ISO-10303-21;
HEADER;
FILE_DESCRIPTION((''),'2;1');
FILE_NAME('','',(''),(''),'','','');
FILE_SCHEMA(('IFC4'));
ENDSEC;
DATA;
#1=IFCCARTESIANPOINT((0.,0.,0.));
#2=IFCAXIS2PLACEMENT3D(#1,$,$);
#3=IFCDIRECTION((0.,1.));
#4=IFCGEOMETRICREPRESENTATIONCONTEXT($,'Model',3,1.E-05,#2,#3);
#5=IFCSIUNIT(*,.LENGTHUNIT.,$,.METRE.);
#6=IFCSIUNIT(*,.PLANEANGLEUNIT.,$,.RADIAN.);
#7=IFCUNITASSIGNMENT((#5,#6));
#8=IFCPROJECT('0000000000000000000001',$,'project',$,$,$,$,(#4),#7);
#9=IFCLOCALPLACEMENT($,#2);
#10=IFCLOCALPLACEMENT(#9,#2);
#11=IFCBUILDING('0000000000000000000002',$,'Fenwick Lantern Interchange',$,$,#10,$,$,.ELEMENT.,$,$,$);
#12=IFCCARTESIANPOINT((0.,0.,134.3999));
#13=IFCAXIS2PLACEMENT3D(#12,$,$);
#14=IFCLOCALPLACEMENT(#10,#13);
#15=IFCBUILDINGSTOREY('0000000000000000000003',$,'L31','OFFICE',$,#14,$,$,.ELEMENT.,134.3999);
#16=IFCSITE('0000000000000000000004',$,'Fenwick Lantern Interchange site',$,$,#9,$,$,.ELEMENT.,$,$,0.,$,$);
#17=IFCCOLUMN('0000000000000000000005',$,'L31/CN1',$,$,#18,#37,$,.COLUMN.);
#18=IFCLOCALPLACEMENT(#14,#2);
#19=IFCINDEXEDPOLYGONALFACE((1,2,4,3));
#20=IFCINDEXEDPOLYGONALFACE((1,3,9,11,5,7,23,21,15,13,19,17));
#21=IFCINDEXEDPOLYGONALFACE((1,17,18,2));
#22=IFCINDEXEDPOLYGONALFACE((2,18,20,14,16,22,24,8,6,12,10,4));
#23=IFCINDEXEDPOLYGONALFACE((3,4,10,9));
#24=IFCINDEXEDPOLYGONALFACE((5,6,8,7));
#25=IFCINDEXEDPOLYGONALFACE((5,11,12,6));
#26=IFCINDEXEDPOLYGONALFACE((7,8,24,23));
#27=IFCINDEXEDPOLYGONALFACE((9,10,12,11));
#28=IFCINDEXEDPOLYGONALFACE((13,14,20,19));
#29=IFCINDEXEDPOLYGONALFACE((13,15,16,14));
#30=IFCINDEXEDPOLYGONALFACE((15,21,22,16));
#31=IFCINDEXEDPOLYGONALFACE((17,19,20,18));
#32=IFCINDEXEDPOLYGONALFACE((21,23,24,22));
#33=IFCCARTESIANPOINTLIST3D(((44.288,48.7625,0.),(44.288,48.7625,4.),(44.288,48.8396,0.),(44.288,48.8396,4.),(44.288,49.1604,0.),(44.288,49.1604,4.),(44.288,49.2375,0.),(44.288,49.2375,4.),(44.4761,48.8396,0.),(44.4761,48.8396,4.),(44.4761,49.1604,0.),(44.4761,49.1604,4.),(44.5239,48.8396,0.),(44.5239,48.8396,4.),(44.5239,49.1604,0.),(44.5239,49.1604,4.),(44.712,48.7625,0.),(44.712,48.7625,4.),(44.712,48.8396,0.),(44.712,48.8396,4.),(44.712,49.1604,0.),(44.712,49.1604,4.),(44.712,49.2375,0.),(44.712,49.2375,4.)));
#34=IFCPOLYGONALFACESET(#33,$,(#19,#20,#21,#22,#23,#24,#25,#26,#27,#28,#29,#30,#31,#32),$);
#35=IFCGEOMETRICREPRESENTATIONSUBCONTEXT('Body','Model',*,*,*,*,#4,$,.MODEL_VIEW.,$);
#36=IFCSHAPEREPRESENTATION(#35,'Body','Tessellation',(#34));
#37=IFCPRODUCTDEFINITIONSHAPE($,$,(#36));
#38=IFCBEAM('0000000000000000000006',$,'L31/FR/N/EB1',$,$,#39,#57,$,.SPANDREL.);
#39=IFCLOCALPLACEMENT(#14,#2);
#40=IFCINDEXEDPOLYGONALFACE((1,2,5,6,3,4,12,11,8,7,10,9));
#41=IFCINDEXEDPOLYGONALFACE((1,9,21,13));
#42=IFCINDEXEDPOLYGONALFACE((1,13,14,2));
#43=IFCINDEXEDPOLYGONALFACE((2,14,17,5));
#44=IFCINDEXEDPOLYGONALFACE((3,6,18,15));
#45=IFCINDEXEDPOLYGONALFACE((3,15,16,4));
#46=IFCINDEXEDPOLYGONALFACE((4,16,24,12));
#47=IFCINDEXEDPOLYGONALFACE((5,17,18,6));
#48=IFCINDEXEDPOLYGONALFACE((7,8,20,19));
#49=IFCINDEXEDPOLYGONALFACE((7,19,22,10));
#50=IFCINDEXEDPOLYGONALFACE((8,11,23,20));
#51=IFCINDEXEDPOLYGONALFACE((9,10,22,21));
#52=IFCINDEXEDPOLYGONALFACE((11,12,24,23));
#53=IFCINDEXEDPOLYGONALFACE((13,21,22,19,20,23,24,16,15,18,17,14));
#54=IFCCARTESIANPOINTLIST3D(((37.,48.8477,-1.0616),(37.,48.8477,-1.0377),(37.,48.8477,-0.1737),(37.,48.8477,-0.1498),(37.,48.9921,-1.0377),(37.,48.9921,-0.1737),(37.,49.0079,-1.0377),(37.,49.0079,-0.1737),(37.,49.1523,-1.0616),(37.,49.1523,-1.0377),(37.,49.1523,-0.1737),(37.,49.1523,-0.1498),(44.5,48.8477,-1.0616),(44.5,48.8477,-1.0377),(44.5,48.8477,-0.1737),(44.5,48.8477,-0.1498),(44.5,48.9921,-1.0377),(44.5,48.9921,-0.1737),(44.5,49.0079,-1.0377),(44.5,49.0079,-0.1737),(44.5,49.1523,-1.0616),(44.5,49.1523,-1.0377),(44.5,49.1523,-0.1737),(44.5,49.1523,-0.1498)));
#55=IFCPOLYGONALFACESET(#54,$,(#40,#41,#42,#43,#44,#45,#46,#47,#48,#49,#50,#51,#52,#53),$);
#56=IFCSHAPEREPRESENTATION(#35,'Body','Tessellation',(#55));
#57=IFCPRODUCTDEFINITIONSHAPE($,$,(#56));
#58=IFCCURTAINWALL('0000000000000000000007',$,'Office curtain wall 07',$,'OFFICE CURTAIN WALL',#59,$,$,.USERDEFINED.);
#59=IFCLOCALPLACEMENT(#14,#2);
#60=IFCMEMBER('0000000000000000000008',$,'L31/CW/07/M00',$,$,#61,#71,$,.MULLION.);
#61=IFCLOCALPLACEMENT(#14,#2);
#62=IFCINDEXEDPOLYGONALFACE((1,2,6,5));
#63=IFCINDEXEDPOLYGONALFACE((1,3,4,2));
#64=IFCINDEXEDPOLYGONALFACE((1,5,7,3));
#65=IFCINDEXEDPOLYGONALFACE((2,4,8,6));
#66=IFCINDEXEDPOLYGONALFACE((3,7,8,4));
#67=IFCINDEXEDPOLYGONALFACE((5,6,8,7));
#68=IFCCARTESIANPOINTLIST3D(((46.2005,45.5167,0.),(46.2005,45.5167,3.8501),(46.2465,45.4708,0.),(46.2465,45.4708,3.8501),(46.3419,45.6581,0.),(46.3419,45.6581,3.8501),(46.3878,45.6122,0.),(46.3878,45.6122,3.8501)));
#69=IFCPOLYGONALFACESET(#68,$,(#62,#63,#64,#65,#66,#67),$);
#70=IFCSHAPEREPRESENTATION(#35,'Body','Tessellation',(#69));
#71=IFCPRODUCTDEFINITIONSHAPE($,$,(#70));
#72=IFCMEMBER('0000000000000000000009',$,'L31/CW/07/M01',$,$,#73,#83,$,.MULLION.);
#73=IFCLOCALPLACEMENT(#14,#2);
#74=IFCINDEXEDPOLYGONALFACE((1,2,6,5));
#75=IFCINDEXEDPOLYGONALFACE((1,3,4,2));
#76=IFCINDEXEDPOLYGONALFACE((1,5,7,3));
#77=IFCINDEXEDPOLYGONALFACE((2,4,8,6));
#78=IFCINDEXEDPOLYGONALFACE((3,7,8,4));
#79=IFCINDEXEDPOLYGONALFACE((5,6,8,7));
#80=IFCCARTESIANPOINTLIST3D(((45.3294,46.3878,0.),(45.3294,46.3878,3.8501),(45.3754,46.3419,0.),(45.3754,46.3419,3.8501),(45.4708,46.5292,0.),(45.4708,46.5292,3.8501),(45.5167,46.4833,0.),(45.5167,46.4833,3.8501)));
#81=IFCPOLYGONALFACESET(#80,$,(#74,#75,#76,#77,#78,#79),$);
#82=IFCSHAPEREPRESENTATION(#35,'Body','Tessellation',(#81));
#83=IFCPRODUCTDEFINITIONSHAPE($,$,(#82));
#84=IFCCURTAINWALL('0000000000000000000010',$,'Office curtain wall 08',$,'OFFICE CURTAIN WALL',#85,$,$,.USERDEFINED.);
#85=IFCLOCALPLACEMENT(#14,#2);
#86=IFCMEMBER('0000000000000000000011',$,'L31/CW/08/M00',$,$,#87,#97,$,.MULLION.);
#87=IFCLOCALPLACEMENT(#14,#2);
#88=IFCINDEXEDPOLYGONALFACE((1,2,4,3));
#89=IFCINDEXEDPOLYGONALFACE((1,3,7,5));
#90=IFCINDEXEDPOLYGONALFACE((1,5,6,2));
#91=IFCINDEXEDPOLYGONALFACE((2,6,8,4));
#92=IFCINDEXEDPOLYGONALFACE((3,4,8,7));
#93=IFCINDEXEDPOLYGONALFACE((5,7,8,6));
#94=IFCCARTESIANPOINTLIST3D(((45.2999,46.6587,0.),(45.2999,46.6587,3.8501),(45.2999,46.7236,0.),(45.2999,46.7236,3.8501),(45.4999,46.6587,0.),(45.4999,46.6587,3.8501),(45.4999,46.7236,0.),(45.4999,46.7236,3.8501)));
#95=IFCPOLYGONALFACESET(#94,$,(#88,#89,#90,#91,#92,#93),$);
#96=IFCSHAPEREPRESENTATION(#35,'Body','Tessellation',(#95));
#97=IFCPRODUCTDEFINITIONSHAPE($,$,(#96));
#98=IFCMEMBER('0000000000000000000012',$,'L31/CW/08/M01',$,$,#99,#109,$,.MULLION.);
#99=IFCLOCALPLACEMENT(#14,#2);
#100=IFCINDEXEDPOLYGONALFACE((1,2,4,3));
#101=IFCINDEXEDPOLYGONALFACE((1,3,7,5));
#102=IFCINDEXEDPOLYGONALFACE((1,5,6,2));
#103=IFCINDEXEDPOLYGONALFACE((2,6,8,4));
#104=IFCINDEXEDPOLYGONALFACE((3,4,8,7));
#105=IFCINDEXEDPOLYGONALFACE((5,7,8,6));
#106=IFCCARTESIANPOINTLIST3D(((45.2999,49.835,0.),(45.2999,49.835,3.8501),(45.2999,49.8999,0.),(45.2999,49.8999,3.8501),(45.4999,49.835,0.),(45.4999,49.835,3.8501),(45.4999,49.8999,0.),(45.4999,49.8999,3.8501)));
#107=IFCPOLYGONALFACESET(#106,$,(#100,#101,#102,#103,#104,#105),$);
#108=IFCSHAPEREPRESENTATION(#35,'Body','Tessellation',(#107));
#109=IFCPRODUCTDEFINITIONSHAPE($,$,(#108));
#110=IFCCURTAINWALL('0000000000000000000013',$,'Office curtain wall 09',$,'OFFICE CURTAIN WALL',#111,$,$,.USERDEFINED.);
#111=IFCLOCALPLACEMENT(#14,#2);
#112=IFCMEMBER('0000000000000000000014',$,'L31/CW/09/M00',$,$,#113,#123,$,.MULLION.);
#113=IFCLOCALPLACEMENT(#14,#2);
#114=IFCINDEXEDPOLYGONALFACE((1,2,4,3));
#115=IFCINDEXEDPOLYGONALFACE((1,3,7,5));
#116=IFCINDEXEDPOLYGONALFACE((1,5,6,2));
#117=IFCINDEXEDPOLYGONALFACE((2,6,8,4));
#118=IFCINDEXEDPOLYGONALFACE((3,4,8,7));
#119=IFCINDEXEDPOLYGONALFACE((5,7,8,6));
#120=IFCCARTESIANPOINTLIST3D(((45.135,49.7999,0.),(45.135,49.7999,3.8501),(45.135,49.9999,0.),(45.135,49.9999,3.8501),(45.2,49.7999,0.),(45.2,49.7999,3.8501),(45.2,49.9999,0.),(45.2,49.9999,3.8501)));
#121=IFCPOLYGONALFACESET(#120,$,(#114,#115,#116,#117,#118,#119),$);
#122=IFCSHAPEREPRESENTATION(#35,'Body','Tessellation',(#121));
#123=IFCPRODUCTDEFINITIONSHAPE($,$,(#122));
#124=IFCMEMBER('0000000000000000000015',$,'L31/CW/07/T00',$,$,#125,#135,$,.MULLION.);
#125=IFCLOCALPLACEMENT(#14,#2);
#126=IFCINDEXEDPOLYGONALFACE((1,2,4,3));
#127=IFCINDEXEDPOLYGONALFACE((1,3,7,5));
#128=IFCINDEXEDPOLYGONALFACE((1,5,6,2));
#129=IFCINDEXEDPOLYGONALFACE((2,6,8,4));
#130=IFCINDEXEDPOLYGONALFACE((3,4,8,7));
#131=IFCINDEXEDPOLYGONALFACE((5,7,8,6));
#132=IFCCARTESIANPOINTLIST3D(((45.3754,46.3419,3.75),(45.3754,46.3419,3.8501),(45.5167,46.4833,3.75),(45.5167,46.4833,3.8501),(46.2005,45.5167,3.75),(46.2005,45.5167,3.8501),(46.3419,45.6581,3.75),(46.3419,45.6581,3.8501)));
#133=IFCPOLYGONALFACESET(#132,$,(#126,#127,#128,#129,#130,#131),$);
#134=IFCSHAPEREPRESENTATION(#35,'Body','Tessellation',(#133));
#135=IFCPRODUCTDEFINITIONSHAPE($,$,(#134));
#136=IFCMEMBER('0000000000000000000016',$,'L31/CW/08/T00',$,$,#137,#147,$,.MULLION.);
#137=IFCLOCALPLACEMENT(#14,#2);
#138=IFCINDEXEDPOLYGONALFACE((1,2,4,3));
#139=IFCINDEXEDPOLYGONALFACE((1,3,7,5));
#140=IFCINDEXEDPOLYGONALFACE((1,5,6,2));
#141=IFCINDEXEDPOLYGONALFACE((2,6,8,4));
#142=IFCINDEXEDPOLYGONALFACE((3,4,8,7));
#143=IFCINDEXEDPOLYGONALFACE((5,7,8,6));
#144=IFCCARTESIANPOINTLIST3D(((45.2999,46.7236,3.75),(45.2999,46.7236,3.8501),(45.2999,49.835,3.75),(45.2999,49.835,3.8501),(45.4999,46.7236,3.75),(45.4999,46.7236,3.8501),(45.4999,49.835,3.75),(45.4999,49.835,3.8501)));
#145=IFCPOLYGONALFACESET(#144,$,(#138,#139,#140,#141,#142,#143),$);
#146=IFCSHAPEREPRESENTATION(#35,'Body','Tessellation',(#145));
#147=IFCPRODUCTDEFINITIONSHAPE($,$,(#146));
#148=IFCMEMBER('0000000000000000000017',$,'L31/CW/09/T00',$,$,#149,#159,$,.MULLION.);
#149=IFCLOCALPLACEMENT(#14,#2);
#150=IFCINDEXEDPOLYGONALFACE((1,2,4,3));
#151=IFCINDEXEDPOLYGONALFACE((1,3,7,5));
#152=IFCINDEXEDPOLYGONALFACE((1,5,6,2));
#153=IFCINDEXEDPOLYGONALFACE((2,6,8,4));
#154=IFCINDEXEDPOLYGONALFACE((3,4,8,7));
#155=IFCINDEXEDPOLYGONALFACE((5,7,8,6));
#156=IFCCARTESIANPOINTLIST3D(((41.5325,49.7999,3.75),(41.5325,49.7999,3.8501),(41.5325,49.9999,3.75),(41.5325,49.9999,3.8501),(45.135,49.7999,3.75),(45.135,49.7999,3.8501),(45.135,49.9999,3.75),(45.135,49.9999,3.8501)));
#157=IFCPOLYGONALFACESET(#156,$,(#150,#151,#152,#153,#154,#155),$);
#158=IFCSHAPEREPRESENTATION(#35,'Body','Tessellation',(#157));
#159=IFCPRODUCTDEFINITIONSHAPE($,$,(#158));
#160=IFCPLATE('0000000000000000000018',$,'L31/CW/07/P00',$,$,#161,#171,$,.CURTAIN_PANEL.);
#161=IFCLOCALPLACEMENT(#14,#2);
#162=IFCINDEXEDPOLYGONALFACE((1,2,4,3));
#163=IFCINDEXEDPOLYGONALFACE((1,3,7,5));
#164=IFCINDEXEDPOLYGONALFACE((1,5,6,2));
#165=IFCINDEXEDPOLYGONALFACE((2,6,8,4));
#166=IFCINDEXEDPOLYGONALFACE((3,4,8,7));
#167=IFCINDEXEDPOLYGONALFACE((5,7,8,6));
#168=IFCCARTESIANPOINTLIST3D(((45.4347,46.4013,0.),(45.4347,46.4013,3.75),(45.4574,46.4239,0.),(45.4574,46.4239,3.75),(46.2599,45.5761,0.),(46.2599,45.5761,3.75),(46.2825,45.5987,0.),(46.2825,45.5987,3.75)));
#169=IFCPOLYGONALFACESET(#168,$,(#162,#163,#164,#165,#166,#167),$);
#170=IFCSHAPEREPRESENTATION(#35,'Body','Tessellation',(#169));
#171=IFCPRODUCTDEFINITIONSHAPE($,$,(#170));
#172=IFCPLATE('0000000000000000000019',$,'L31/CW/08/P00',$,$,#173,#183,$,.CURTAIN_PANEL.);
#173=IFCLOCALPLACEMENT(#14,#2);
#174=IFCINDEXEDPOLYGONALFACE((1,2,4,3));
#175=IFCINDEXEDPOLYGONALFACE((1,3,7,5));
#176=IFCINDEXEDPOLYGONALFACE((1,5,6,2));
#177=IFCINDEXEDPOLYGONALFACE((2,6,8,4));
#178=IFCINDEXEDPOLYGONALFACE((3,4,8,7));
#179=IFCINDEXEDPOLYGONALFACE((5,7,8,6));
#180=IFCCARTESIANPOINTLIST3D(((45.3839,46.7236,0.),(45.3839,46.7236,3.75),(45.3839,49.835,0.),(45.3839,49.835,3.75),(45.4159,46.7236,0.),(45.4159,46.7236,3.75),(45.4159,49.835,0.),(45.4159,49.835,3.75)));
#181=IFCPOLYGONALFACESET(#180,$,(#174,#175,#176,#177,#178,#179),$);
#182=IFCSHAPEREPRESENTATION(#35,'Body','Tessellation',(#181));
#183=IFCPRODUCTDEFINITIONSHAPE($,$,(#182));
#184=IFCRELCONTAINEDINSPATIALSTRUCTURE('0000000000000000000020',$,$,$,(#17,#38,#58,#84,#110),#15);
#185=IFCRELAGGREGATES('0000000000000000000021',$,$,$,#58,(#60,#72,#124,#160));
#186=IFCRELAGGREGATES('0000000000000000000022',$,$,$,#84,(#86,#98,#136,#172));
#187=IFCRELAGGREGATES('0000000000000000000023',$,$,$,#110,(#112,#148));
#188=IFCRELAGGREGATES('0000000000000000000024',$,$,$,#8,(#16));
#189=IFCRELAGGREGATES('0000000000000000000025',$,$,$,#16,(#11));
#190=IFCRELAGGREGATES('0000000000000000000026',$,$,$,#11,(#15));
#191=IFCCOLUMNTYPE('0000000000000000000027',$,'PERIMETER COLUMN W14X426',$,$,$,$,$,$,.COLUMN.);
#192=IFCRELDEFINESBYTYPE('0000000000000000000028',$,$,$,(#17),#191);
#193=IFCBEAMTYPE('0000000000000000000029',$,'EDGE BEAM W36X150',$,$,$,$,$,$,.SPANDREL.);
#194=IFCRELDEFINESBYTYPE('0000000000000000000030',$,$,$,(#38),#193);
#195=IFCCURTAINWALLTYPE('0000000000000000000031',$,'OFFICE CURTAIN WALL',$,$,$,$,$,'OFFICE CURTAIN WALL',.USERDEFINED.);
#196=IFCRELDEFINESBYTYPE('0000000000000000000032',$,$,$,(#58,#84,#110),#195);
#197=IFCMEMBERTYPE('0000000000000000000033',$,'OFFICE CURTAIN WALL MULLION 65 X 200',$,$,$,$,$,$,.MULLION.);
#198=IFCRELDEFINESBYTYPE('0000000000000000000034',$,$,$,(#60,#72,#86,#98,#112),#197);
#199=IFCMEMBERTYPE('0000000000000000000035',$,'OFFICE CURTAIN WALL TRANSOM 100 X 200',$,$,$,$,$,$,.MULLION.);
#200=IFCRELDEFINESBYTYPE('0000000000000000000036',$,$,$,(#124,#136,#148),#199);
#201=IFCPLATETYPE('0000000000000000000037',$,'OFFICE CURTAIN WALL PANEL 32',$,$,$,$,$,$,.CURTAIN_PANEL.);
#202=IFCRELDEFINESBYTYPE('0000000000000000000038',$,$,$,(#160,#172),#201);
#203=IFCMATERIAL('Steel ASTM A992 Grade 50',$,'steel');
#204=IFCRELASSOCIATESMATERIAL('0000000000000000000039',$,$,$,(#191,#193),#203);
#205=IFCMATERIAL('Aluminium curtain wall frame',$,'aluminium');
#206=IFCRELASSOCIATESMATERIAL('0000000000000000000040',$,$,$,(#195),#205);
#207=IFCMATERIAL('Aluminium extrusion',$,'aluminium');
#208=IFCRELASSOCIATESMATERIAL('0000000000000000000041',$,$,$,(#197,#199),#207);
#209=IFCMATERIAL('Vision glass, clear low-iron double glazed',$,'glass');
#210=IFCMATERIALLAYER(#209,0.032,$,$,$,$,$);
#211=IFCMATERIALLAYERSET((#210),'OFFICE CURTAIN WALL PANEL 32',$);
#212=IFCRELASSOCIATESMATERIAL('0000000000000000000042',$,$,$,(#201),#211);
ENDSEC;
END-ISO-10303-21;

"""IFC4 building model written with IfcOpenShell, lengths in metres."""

from ifc_helpers import new_model, si_unit, direction, frame, origin, origin_2d, place, context, subcontext, project, spatial, rectangle, i_section, extrude, material, layer, layer_set, material_profile, profile_set, type_object, element, aggregate, save


model = new_model("IFC4")

# Units and contexts
model_context = context("Model", 3, precision=1e-05, world=origin(), true_north=direction((0.0, 1.0)))
body_context = subcontext(model_context, "Body", "Model", "MODEL_VIEW")
ifc_project = project(units=[si_unit("LENGTHUNIT", "METRE"), si_unit("PLANEANGLEUNIT", "RADIAN")], contexts=[model_context])

# Site, building, storey
site_placement = place(None, origin())
site = spatial("IfcSite", under=ifc_project, at=site_placement, Name="Fenwick Lantern Interchange site", CompositionType="ELEMENT", RefElevation=0.0)
building_placement = place(site_placement, origin())
building = spatial("IfcBuilding", under=site, at=building_placement, Name="Fenwick Lantern Interchange", CompositionType="ELEMENT")
storey_placement = place(building_placement, frame((0.0, 0.0, 134.3999)))
storey = spatial("IfcBuildingStorey", under=building, at=storey_placement, Name="L31", Description="OFFICE", CompositionType="ELEMENT", Elevation=134.3999)

# Column
ifc_material_1 = material(Name="Steel ASTM A992 Grade 50", Category="steel")
ifc_material_profile_1 = material_profile(ifc_material_1, i_section(OverallWidth=0.4241, OverallDepth=0.4751, WebThickness=0.0479, FlangeThickness=0.0771, at=origin_2d()), Name="W14X426")
ifc_profile_set_1 = profile_set([ifc_material_profile_1], Name="Steel ASTM A992 Grade 50")
column_type = type_object("IfcColumnType", Name="PERIMETER COLUMN W14X426", PredefinedType="COLUMN", material=ifc_profile_set_1)
column_placement = place(storey_placement, frame((44.5, 49.0, 0.0), z_axis=(0.0, 0.0, 1.0), x_axis=(1.0, 0.0, 0.0)))
element("IfcColumn", 1, at=column_placement, inside=storey, type_object=column_type, Name="L31/CN1", PredefinedType="COLUMN", context=body_context, shape_type="SweptSolid", body=[
    extrude(i_section(OverallWidth=0.4241, OverallDepth=0.4751, WebThickness=0.0479, FlangeThickness=0.0771, at=origin_2d()), origin(), (0.0, 0.0, 1.0), 4.0),
])

# Beam
ifc_material_profile_2 = material_profile(ifc_material_1, i_section(OverallWidth=0.3047, OverallDepth=0.9119, WebThickness=0.0159, FlangeThickness=0.0239, at=origin_2d()), Name="W36X150")
ifc_profile_set_2 = profile_set([ifc_material_profile_2], Name="Steel ASTM A992 Grade 50")
beam_type = type_object("IfcBeamType", Name="EDGE BEAM W36X150", PredefinedType="SPANDREL", material=ifc_profile_set_2)
beam_placement = place(storey_placement, frame((44.5, 49.0, -0.6057), z_axis=(-1.0, 0.0, 0.0), x_axis=(0.0, -1.0, 0.0)))
element("IfcBeam", 2, at=beam_placement, inside=storey, type_object=beam_type, Name="L31/FR/N/EB1", PredefinedType="SPANDREL", context=body_context, shape_type="SweptSolid", body=[
    extrude(i_section(OverallWidth=0.3047, OverallDepth=0.9119, WebThickness=0.0159, FlangeThickness=0.0239, at=origin_2d()), origin(), (0.0, 0.0, 1.0), 7.5),
])

# Curtain walls, members
ifc_material_2 = material(Name="Aluminium curtain wall frame", Category="aluminium")
curtain_wall_type = type_object("IfcCurtainWallType", Name="OFFICE CURTAIN WALL", ElementType="OFFICE CURTAIN WALL", PredefinedType="USERDEFINED", material=ifc_material_2)
curtain_wall_1_placement = place(storey_placement, origin())
curtain_wall_1 = element("IfcCurtainWall", 3, at=curtain_wall_1_placement, inside=storey, type_object=curtain_wall_type, Name="Office curtain wall 07", ObjectType="OFFICE CURTAIN WALL", PredefinedType="USERDEFINED")
ifc_material_3 = material(Name="Aluminium extrusion", Category="aluminium")
ifc_material_profile_3 = material_profile(ifc_material_3, rectangle(XDim=0.2, YDim=0.0649, at=origin_2d()), Name="OFFICE CURTAIN WALL MULLION 65 X 200")
ifc_profile_set_3 = profile_set([ifc_material_profile_3], Name="Aluminium extrusion")
member_type_1 = type_object("IfcMemberType", Name="OFFICE CURTAIN WALL MULLION 65 X 200", PredefinedType="MULLION", material=ifc_profile_set_3)
member_1_placement = place(storey_placement, frame((46.2942, 45.5645, 0.0), z_axis=(0.0, 0.0, 1.0), x_axis=(-0.707107, -0.707107, 0.0)))
member_1 = element("IfcMember", 4, at=member_1_placement, type_object=member_type_1, Name="L31/CW/07/M00", PredefinedType="MULLION", context=body_context, shape_type="SweptSolid", body=[
    extrude(rectangle(XDim=0.2, YDim=0.0649, at=origin_2d()), origin(), (0.0, 0.0, 1.0), 3.8501),
])
member_2_placement = place(storey_placement, frame((45.4231, 46.4355, 0.0), z_axis=(0.0, 0.0, 1.0), x_axis=(-0.707107, -0.707107, 0.0)))
member_2 = element("IfcMember", 5, at=member_2_placement, type_object=member_type_1, Name="L31/CW/07/M01", PredefinedType="MULLION", context=body_context, shape_type="SweptSolid", body=[
    extrude(rectangle(XDim=0.2, YDim=0.0649, at=origin_2d()), origin(), (0.0, 0.0, 1.0), 3.8501),
])
curtain_wall_2_placement = place(storey_placement, origin())
curtain_wall_2 = element("IfcCurtainWall", 6, at=curtain_wall_2_placement, inside=storey, type_object=curtain_wall_type, Name="Office curtain wall 08", ObjectType="OFFICE CURTAIN WALL", PredefinedType="USERDEFINED")
member_3_placement = place(storey_placement, frame((45.3999, 46.6912, 0.0), z_axis=(0.0, 0.0, 1.0), x_axis=(-1.0, 0.0, 0.0)))
member_3 = element("IfcMember", 7, at=member_3_placement, type_object=member_type_1, Name="L31/CW/08/M00", PredefinedType="MULLION", context=body_context, shape_type="SweptSolid", body=[
    extrude(rectangle(XDim=0.2, YDim=0.0649, at=origin_2d()), origin(), (0.0, 0.0, 1.0), 3.8501),
])
member_4_placement = place(storey_placement, frame((45.3999, 49.8674, 0.0), z_axis=(0.0, 0.0, 1.0), x_axis=(-1.0, 0.0, 0.0)))
member_4 = element("IfcMember", 8, at=member_4_placement, type_object=member_type_1, Name="L31/CW/08/M01", PredefinedType="MULLION", context=body_context, shape_type="SweptSolid", body=[
    extrude(rectangle(XDim=0.2, YDim=0.0649, at=origin_2d()), origin(), (0.0, 0.0, 1.0), 3.8501),
])

# Curtain wall, member
curtain_wall_3_placement = place(storey_placement, origin())
curtain_wall_3 = element("IfcCurtainWall", 9, at=curtain_wall_3_placement, inside=storey, type_object=curtain_wall_type, Name="Office curtain wall 09", ObjectType="OFFICE CURTAIN WALL", PredefinedType="USERDEFINED")
member_5_placement = place(storey_placement, frame((45.1675, 49.8999, 0.0), z_axis=(0.0, 0.0, 1.0), x_axis=(0.0, -1.0, 0.0)))
member_5 = element("IfcMember", 10, at=member_5_placement, type_object=member_type_1, Name="L31/CW/09/M00", PredefinedType="MULLION", context=body_context, shape_type="SweptSolid", body=[
    extrude(rectangle(XDim=0.2, YDim=0.0649, at=origin_2d()), origin(), (0.0, 0.0, 1.0), 3.8501),
])

# Members
ifc_material_profile_4 = material_profile(ifc_material_3, rectangle(XDim=0.2, YDim=0.1001, at=origin_2d()), Name="OFFICE CURTAIN WALL TRANSOM 100 X 200")
ifc_profile_set_4 = profile_set([ifc_material_profile_4], Name="Aluminium extrusion")
member_type_2 = type_object("IfcMemberType", Name="OFFICE CURTAIN WALL TRANSOM 100 X 200", PredefinedType="MULLION", material=ifc_profile_set_4)
member_6_placement = place(storey_placement, frame((46.2712, 45.5874, 3.8), z_axis=(-0.707107, 0.707107, 0.0), x_axis=(-0.707107, -0.707107, 0.0)))
member_6 = element("IfcMember", 11, at=member_6_placement, type_object=member_type_2, Name="L31/CW/07/T00", PredefinedType="MULLION", context=body_context, shape_type="SweptSolid", body=[
    extrude(rectangle(XDim=0.2, YDim=0.1001, at=origin_2d()), origin(), (0.0, 0.0, 1.0), 1.167),
])
member_7_placement = place(storey_placement, frame((45.3999, 46.7236, 3.8), z_axis=(0.0, 1.0, 0.0), x_axis=(-1.0, 0.0, 0.0)))
member_7 = element("IfcMember", 12, at=member_7_placement, type_object=member_type_2, Name="L31/CW/08/T00", PredefinedType="MULLION", context=body_context, shape_type="SweptSolid", body=[
    extrude(rectangle(XDim=0.2, YDim=0.1001, at=origin_2d()), origin(), (0.0, 0.0, 1.0), 3.1113),
])
member_8_placement = place(storey_placement, frame((45.135, 49.8999, 3.8), z_axis=(-1.0, 0.0, 0.0), x_axis=(0.0, -1.0, 0.0)))
member_8 = element("IfcMember", 13, at=member_8_placement, type_object=member_type_2, Name="L31/CW/09/T00", PredefinedType="MULLION", context=body_context, shape_type="SweptSolid", body=[
    extrude(rectangle(XDim=0.2, YDim=0.1001, at=origin_2d()), origin(), (0.0, 0.0, 1.0), 3.6025),
])

# Plates
ifc_material_4 = material(Name="Vision glass, clear low-iron double glazed", Category="glass")
ifc_layer_1 = layer(ifc_material_4, 0.032)
ifc_layer_set_1 = layer_set([ifc_layer_1], Name="OFFICE CURTAIN WALL PANEL 32")
plate_type = type_object("IfcPlateType", Name="OFFICE CURTAIN WALL PANEL 32", PredefinedType="CURTAIN_PANEL", material=ifc_layer_set_1)
plate_1_placement = place(storey_placement, frame((45.8586, 46.0, 0.0), z_axis=(0.0, 0.0, 1.0), x_axis=(-0.707107, 0.707107, 0.0)))
plate_1 = element("IfcPlate", 14, at=plate_1_placement, type_object=plate_type, Name="L31/CW/07/P00", PredefinedType="CURTAIN_PANEL", context=body_context, shape_type="SweptSolid", body=[
    extrude(rectangle(XDim=1.167, YDim=0.032, at=origin_2d()), origin(), (0.0, 0.0, 1.0), 3.75),
])
aggregate(curtain_wall_1, [member_1, member_2, member_6, plate_1])
plate_2_placement = place(storey_placement, frame((45.3999, 48.2793, 0.0), z_axis=(0.0, 0.0, 1.0), x_axis=(0.0, 1.0, 0.0)))
plate_2 = element("IfcPlate", 15, at=plate_2_placement, type_object=plate_type, Name="L31/CW/08/P00", PredefinedType="CURTAIN_PANEL", context=body_context, shape_type="SweptSolid", body=[
    extrude(rectangle(XDim=3.1113, YDim=0.032, at=origin_2d()), origin(), (0.0, 0.0, 1.0), 3.75),
])
aggregate(curtain_wall_2, [member_3, member_4, member_7, plate_2])
aggregate(curtain_wall_3, [member_5, member_8])

save(model, "model.ifc")
